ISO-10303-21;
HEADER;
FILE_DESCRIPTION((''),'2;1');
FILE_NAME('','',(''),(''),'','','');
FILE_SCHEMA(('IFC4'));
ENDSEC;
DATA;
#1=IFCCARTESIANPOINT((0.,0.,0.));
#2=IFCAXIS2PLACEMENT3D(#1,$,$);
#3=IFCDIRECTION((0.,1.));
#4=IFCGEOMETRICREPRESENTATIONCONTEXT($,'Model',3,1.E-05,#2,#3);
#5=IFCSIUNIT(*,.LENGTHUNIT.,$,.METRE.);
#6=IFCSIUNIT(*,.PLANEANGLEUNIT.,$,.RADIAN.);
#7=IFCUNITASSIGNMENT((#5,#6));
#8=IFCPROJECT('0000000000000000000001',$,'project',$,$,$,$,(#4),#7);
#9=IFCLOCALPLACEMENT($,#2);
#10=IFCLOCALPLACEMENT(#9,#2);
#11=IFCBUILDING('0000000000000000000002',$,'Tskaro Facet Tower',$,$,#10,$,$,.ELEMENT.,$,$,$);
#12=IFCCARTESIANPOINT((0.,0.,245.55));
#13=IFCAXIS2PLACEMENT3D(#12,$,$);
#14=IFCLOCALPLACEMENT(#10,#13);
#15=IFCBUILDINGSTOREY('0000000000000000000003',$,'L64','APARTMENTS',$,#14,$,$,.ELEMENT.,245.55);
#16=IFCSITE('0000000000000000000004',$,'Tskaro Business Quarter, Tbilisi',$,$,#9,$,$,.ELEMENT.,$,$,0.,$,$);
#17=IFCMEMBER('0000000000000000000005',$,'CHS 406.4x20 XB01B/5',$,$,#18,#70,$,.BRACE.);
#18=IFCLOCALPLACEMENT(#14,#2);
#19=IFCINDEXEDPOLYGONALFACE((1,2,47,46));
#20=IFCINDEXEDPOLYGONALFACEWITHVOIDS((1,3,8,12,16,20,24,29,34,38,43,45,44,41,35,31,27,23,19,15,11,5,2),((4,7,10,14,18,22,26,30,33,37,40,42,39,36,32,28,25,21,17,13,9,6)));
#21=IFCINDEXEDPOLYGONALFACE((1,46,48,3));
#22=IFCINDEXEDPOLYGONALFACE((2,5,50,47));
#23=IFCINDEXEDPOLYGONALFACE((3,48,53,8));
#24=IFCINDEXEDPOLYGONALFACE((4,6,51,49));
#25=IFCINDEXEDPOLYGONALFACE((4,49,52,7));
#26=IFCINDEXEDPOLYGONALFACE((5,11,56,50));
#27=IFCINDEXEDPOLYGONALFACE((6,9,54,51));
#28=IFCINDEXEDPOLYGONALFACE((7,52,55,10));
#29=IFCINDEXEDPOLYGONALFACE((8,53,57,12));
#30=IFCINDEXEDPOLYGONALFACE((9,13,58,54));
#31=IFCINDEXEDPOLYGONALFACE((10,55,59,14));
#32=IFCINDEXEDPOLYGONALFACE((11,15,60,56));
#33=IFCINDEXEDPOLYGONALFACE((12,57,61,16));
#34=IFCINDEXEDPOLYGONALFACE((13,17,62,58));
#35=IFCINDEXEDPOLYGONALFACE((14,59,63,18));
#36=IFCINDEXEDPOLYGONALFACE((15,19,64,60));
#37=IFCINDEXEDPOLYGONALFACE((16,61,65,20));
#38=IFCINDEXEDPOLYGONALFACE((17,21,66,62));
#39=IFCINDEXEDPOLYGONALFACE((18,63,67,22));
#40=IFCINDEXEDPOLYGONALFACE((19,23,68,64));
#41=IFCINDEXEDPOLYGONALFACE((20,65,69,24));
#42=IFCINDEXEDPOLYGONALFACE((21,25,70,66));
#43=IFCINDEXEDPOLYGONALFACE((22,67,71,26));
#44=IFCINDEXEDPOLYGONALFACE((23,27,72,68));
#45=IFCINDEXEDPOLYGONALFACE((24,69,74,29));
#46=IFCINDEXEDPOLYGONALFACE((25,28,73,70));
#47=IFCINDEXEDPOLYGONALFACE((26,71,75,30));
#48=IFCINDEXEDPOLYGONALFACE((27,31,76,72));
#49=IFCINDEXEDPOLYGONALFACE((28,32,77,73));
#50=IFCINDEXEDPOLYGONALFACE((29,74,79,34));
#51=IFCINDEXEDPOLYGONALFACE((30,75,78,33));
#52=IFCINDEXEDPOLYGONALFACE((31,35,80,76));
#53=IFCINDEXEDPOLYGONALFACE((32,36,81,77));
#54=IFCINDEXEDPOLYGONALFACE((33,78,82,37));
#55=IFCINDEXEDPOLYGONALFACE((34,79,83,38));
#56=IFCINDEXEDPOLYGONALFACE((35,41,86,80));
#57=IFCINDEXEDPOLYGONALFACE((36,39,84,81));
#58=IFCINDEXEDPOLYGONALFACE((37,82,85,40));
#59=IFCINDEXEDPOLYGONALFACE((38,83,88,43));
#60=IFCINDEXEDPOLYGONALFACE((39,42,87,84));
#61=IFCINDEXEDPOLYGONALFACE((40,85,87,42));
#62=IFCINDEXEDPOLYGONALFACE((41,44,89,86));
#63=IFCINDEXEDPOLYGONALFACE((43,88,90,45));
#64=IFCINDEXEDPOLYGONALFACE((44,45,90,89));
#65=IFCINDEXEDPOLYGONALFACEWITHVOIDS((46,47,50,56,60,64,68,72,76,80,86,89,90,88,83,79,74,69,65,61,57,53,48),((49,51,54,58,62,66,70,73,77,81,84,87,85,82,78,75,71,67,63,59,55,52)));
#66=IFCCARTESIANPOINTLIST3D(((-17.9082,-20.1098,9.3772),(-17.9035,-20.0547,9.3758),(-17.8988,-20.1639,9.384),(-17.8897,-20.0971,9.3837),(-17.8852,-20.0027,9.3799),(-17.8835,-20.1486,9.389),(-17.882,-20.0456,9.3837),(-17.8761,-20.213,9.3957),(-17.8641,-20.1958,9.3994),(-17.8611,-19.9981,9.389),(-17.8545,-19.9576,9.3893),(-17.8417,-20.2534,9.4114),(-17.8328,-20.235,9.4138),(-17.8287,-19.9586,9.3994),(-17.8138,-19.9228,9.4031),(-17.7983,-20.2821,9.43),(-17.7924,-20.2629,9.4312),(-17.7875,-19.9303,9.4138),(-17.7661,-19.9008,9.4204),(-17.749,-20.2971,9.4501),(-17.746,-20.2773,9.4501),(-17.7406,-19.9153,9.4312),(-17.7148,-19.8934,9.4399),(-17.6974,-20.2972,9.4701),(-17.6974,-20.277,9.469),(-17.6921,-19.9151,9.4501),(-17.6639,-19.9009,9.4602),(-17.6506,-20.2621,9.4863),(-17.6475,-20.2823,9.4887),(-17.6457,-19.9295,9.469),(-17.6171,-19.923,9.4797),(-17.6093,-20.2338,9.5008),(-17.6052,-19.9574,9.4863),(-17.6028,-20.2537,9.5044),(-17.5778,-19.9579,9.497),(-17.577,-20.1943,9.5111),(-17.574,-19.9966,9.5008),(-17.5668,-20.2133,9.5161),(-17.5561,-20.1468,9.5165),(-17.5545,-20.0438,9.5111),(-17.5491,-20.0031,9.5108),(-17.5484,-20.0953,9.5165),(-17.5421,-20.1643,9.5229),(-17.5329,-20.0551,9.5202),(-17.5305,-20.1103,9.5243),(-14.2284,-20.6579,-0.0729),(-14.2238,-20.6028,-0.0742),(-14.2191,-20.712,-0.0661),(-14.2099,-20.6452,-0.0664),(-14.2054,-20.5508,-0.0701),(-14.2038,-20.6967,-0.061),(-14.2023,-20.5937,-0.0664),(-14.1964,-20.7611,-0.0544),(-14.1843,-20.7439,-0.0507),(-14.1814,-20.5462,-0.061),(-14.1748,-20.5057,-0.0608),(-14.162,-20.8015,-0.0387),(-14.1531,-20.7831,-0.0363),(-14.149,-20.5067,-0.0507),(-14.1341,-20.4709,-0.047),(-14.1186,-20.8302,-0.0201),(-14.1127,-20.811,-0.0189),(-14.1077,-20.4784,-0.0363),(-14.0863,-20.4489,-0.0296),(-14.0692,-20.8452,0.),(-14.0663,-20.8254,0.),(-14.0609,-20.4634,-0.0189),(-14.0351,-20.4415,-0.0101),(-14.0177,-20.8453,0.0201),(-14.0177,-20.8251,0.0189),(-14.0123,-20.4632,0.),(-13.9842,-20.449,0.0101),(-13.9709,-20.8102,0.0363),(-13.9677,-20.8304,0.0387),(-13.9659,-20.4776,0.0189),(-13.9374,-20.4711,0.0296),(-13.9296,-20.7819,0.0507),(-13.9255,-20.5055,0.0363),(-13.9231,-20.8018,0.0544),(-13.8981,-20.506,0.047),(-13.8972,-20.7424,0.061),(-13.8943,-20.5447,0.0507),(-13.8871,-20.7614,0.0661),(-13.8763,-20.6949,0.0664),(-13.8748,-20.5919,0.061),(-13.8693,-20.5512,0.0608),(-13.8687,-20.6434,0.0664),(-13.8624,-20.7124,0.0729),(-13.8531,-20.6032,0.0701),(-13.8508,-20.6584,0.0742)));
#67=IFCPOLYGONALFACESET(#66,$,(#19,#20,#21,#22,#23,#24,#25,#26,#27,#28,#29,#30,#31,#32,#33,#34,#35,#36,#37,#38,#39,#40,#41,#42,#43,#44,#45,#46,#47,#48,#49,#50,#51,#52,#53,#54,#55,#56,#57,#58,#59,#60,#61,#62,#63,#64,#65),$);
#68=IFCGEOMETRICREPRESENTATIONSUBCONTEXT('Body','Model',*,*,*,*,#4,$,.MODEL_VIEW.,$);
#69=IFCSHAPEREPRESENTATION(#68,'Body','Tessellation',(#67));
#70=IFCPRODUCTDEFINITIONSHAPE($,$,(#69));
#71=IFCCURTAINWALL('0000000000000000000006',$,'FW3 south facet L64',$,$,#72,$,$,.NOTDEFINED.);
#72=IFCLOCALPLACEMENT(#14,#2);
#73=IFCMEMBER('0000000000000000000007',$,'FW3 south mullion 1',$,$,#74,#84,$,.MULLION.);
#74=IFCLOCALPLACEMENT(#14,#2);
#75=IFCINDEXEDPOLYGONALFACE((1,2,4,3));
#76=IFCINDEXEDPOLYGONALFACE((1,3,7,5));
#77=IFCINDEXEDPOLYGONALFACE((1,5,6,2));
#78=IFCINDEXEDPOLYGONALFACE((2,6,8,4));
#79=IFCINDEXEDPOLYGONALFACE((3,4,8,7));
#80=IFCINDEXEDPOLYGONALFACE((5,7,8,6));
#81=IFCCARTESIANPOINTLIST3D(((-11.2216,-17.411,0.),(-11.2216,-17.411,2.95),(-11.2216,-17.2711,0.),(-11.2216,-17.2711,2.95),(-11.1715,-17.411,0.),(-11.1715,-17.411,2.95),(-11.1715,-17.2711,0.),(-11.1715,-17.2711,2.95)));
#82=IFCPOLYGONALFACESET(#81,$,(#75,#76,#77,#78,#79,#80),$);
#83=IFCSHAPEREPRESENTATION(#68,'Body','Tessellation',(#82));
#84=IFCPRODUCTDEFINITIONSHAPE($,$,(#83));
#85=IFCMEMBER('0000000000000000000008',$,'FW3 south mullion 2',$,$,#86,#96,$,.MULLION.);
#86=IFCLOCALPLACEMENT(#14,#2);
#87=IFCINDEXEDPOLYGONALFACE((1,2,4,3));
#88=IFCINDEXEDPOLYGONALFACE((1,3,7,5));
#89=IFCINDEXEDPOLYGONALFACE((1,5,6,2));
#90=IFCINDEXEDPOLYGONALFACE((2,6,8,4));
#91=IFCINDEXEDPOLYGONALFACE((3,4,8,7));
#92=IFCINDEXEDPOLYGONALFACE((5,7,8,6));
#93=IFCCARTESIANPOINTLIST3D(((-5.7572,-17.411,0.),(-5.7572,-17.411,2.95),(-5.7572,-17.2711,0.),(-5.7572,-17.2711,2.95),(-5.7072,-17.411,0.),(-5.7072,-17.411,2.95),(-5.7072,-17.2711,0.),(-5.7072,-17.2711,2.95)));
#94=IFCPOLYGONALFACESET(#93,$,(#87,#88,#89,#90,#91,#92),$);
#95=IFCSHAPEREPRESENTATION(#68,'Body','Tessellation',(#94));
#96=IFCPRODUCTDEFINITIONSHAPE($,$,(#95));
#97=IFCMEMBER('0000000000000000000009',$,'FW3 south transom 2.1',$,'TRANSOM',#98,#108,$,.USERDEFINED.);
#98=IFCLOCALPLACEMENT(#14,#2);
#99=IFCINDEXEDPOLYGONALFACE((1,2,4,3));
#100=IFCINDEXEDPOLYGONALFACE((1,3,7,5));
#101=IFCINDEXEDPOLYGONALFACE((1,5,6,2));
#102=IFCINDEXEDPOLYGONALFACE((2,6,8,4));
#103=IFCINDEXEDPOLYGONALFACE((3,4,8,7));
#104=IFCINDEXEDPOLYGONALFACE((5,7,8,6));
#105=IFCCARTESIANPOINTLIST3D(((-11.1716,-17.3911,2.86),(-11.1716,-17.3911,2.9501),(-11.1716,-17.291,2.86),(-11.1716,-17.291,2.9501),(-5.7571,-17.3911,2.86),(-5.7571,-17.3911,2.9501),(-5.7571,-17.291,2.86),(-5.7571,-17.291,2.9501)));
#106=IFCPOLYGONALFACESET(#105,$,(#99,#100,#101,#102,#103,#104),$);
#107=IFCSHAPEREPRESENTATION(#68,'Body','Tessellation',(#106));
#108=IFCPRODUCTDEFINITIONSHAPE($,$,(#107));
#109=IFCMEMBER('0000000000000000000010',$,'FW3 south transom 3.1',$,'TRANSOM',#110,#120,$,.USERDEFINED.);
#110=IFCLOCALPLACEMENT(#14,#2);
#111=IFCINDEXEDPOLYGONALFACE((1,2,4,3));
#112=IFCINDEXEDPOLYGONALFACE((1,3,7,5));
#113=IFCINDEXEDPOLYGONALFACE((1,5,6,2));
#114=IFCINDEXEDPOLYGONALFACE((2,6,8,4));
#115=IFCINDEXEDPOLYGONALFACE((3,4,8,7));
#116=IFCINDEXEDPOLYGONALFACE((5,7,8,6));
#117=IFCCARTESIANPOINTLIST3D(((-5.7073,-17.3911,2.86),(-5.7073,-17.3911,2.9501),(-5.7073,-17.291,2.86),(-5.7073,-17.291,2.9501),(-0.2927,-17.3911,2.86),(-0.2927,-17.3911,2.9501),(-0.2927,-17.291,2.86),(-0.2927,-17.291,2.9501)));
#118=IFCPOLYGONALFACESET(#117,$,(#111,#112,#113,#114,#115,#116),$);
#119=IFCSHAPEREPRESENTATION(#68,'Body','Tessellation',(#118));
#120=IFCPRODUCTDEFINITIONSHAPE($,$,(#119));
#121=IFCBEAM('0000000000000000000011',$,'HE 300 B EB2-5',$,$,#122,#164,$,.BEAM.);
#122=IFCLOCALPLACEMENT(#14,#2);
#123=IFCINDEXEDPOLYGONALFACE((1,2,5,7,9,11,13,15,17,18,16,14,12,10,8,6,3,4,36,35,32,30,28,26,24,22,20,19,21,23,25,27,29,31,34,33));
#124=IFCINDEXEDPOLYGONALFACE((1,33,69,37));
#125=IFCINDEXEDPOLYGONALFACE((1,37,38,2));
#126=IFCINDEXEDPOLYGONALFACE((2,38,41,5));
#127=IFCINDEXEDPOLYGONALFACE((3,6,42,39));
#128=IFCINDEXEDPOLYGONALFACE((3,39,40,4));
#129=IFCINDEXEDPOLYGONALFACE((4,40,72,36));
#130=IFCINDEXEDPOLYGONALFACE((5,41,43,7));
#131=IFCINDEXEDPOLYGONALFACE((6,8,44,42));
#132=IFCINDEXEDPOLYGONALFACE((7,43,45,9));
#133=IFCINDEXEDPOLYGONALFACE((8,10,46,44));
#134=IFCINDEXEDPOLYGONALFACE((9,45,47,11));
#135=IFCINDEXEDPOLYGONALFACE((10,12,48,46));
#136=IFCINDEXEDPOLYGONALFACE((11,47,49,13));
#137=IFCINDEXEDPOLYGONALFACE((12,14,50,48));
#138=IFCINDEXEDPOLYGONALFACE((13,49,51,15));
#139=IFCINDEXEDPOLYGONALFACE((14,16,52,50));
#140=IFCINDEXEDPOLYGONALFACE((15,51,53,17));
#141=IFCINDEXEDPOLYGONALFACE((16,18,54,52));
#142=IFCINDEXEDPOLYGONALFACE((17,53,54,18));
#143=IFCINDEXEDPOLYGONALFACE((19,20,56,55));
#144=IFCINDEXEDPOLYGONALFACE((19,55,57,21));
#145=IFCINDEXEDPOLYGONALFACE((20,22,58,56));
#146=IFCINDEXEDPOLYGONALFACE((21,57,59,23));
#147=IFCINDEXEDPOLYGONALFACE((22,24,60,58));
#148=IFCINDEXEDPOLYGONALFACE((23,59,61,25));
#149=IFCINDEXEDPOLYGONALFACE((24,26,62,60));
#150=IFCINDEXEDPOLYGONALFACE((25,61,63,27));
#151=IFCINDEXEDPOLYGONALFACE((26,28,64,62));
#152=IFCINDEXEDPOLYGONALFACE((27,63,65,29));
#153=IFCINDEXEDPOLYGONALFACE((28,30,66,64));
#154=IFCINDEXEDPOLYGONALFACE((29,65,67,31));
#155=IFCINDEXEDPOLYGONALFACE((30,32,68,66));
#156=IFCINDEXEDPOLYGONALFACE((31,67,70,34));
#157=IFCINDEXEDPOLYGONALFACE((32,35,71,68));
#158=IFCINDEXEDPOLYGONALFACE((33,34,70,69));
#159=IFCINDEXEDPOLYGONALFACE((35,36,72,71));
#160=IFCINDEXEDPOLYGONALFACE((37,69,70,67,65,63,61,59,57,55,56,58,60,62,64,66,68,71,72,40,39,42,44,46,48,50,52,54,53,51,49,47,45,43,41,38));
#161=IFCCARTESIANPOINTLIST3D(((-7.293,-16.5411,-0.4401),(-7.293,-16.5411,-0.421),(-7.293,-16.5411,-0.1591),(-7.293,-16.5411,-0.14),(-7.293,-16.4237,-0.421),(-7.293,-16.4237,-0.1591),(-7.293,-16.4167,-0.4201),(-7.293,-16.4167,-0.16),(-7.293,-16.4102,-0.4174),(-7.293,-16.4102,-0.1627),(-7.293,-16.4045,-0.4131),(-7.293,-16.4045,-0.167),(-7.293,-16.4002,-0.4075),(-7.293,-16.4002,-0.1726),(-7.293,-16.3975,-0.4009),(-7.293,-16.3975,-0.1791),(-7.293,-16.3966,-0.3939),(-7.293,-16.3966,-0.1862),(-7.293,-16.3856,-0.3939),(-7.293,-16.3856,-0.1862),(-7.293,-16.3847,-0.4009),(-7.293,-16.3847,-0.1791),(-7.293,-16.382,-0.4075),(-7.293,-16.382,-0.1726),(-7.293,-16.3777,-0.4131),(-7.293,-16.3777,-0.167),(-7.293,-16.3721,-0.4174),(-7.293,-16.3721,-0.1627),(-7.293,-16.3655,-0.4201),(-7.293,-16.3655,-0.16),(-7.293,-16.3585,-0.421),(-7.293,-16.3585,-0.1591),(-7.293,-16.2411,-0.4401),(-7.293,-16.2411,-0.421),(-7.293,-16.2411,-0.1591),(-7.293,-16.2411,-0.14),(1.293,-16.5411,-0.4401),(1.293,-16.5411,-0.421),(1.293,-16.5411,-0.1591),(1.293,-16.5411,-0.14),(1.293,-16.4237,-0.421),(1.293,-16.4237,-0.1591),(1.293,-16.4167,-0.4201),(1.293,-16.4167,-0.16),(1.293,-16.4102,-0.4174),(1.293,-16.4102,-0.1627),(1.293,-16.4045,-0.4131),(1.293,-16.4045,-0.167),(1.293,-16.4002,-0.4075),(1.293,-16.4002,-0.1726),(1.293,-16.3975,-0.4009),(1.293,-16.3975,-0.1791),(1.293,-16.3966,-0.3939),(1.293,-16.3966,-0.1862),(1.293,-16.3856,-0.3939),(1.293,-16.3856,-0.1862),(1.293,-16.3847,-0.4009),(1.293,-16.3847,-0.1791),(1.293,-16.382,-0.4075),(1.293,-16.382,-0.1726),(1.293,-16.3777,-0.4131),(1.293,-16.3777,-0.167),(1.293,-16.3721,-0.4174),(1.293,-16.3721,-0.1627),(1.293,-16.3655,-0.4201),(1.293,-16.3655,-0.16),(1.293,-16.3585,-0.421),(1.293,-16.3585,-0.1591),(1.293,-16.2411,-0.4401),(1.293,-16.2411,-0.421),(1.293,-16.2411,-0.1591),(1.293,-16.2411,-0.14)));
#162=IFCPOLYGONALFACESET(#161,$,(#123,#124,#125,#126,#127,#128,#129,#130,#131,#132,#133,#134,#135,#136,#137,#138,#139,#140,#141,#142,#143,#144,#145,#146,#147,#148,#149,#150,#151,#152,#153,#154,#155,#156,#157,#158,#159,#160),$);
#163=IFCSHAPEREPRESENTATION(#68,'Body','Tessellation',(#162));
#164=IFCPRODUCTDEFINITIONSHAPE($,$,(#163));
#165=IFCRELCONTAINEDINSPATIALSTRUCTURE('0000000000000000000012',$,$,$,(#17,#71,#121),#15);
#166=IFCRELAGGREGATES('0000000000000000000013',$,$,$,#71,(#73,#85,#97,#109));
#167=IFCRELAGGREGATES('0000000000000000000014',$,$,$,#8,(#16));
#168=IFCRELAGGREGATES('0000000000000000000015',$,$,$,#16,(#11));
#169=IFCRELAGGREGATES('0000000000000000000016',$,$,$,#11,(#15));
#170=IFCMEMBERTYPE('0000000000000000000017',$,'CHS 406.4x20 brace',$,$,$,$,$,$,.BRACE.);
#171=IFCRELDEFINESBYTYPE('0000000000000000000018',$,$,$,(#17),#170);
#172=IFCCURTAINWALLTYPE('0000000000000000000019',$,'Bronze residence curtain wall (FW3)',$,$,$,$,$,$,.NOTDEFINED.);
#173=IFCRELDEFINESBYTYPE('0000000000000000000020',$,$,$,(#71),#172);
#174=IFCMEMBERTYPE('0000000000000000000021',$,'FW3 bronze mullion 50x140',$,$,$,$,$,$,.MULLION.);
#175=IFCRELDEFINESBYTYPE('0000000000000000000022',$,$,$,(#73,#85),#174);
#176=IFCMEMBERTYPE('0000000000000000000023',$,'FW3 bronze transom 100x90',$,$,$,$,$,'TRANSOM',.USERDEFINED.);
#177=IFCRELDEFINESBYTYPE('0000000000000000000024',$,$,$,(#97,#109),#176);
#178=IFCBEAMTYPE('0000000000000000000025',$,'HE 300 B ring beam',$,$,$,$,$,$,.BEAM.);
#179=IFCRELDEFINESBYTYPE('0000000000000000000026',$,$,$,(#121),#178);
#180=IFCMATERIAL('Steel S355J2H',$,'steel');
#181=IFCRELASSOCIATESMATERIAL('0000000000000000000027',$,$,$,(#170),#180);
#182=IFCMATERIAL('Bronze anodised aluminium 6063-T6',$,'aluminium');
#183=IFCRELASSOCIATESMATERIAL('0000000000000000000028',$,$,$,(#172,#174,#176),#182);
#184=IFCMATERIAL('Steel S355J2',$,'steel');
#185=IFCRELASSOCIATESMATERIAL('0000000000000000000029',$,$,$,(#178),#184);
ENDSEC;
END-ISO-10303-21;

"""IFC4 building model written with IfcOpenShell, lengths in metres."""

from ifc_helpers import new_model, si_unit, direction, frame, origin, origin_2d, place, context, subcontext, project, spatial, rectangle, hollow_circle, i_section, extrude, material, material_profile, profile_set, type_object, element, aggregate, save


model = new_model("IFC4")

# Units and contexts
model_context = context("Model", 3, precision=1e-05, world=origin(), true_north=direction((0.0, 1.0)))
body_context = subcontext(model_context, "Body", "Model", "MODEL_VIEW")
ifc_project = project(units=[si_unit("LENGTHUNIT", "METRE"), si_unit("PLANEANGLEUNIT", "RADIAN")], contexts=[model_context])

# Site, building, storey
site_placement = place(None, origin())
site = spatial("IfcSite", under=ifc_project, at=site_placement, Name="Tskaro Business Quarter, Tbilisi", CompositionType="ELEMENT", RefElevation=0.0)
building_placement = place(site_placement, origin())
building = spatial("IfcBuilding", under=site, at=building_placement, Name="Tskaro Facet Tower", CompositionType="ELEMENT")
storey_placement = place(building_placement, frame((0.0, 0.0, 245.55)))
storey = spatial("IfcBuildingStorey", under=building, at=storey_placement, Name="L64", Description="APARTMENTS", CompositionType="ELEMENT", Elevation=245.55)

# Shared definitions
ifc_material_1 = material(Name="Steel S355J2", Category="steel")
ifc_material_2 = material(Name="Steel S355J2H", Category="steel")

# Member
ifc_material_profile_1 = material_profile(ifc_material_2, hollow_circle(Radius=0.2031, WallThickness=0.02, at=origin_2d()), Name="CHS 406.4x20")
ifc_profile_set_1 = profile_set([ifc_material_profile_1], Name="Steel S355J2H")
member_type_1 = type_object("IfcMemberType", Name="CHS 406.4x20 brace", PredefinedType="BRACE", material=ifc_profile_set_1)
member_1_placement = place(storey_placement, frame((-14.0393, -20.6443, 0.0), z_axis=(-0.362321, 0.053968, 0.93049), x_axis=(-0.147326, -0.989088, 0.0)))
element("IfcMember", 1, at=member_1_placement, inside=storey, type_object=member_type_1, Name="CHS 406.4x20 XB01B/5", PredefinedType="BRACE", context=body_context, shape_type="SweptSolid", body=[
    extrude(hollow_circle(Radius=0.2031, WallThickness=0.02, at=origin_2d()), origin(), (0.0, 0.0, 1.0), 10.156),
])

# Curtain wall, members
ifc_material_3 = material(Name="Bronze anodised aluminium 6063-T6", Category="aluminium")
curtain_wall_type = type_object("IfcCurtainWallType", Name="Bronze residence curtain wall (FW3)", PredefinedType="NOTDEFINED", material=ifc_material_3)
curtain_wall_placement = place(storey_placement, origin())
curtain_wall = element("IfcCurtainWall", 2, at=curtain_wall_placement, inside=storey, type_object=curtain_wall_type, Name="FW3 south facet L64", PredefinedType="NOTDEFINED")
ifc_material_profile_2 = material_profile(ifc_material_3, rectangle(XDim=0.05, YDim=0.1399, at=origin_2d()), Name="Mullion 50x140")
ifc_profile_set_2 = profile_set([ifc_material_profile_2], Name="Bronze anodised aluminium 6063-T6")
member_type_2 = type_object("IfcMemberType", Name="FW3 bronze mullion 50x140", PredefinedType="MULLION", material=ifc_profile_set_2)
member_2_placement = place(storey_placement, frame((-11.1965, -17.3411, 0.0), z_axis=(0.0, 0.0, 1.0), x_axis=(1.0, 0.0, 0.0)))
member_2 = element("IfcMember", 3, at=member_2_placement, type_object=member_type_2, Name="FW3 south mullion 1", PredefinedType="MULLION", context=body_context, shape_type="SweptSolid", body=[
    extrude(rectangle(XDim=0.05, YDim=0.1399, at=origin_2d()), origin(), (0.0, 0.0, 1.0), 2.95),
])
member_3_placement = place(storey_placement, frame((-5.7322, -17.3411, 0.0), z_axis=(0.0, 0.0, 1.0), x_axis=(1.0, 0.0, 0.0)))
member_3 = element("IfcMember", 4, at=member_3_placement, type_object=member_type_2, Name="FW3 south mullion 2", PredefinedType="MULLION", context=body_context, shape_type="SweptSolid", body=[
    extrude(rectangle(XDim=0.05, YDim=0.1399, at=origin_2d()), origin(), (0.0, 0.0, 1.0), 2.95),
])
ifc_material_profile_3 = material_profile(ifc_material_3, rectangle(XDim=0.1001, YDim=0.0901, at=origin_2d()), Name="Transom 100x90")
ifc_profile_set_3 = profile_set([ifc_material_profile_3], Name="Bronze anodised aluminium 6063-T6")
member_type_3 = type_object("IfcMemberType", Name="FW3 bronze transom 100x90", ElementType="TRANSOM", PredefinedType="USERDEFINED", material=ifc_profile_set_3)
member_4_placement = place(storey_placement, frame((-11.1716, -17.3411, 2.905), z_axis=(1.0, 0.0, 0.0), x_axis=(0.0, 1.0, 0.0)))
member_4 = element("IfcMember", 5, at=member_4_placement, type_object=member_type_3, Name="FW3 south transom 2.1", ObjectType="TRANSOM", PredefinedType="USERDEFINED", context=body_context, shape_type="SweptSolid", body=[
    extrude(rectangle(XDim=0.1001, YDim=0.0901, at=origin_2d()), origin(), (0.0, 0.0, 1.0), 5.4146),
])
member_5_placement = place(storey_placement, frame((-5.7073, -17.3411, 2.905), z_axis=(1.0, 0.0, 0.0), x_axis=(0.0, 1.0, 0.0)))
member_5 = element("IfcMember", 6, at=member_5_placement, type_object=member_type_3, Name="FW3 south transom 3.1", ObjectType="TRANSOM", PredefinedType="USERDEFINED", context=body_context, shape_type="SweptSolid", body=[
    extrude(rectangle(XDim=0.1001, YDim=0.0901, at=origin_2d()), origin(), (0.0, 0.0, 1.0), 5.4146),
])

# Beam
ifc_material_profile_4 = material_profile(ifc_material_1, i_section(OverallWidth=0.3, OverallDepth=0.3, WebThickness=0.011, FlangeThickness=0.019, FilletRadius=0.0271, at=origin_2d()), Name="HE 300 B")
ifc_profile_set_4 = profile_set([ifc_material_profile_4], Name="Steel S355J2")
beam_type_1 = type_object("IfcBeamType", Name="HE 300 B ring beam", PredefinedType="BEAM", material=ifc_profile_set_4)
beam_1_placement = place(storey_placement, frame((-7.293, -16.3911, -0.29), z_axis=(1.0, 0.0, 0.0), x_axis=(0.0, 1.0, 0.0)))
element("IfcBeam", 7, at=beam_1_placement, inside=storey, type_object=beam_type_1, Name="HE 300 B EB2-5", PredefinedType="BEAM", context=body_context, shape_type="SweptSolid", body=[
    extrude(i_section(OverallWidth=0.3, OverallDepth=0.3, WebThickness=0.011, FlangeThickness=0.019, FilletRadius=0.0271, at=origin_2d()), origin(), (0.0, 0.0, 1.0), 8.5859),
])

aggregate(curtain_wall, [member_2, member_3, member_4, member_5])

save(model, "model.ifc")
